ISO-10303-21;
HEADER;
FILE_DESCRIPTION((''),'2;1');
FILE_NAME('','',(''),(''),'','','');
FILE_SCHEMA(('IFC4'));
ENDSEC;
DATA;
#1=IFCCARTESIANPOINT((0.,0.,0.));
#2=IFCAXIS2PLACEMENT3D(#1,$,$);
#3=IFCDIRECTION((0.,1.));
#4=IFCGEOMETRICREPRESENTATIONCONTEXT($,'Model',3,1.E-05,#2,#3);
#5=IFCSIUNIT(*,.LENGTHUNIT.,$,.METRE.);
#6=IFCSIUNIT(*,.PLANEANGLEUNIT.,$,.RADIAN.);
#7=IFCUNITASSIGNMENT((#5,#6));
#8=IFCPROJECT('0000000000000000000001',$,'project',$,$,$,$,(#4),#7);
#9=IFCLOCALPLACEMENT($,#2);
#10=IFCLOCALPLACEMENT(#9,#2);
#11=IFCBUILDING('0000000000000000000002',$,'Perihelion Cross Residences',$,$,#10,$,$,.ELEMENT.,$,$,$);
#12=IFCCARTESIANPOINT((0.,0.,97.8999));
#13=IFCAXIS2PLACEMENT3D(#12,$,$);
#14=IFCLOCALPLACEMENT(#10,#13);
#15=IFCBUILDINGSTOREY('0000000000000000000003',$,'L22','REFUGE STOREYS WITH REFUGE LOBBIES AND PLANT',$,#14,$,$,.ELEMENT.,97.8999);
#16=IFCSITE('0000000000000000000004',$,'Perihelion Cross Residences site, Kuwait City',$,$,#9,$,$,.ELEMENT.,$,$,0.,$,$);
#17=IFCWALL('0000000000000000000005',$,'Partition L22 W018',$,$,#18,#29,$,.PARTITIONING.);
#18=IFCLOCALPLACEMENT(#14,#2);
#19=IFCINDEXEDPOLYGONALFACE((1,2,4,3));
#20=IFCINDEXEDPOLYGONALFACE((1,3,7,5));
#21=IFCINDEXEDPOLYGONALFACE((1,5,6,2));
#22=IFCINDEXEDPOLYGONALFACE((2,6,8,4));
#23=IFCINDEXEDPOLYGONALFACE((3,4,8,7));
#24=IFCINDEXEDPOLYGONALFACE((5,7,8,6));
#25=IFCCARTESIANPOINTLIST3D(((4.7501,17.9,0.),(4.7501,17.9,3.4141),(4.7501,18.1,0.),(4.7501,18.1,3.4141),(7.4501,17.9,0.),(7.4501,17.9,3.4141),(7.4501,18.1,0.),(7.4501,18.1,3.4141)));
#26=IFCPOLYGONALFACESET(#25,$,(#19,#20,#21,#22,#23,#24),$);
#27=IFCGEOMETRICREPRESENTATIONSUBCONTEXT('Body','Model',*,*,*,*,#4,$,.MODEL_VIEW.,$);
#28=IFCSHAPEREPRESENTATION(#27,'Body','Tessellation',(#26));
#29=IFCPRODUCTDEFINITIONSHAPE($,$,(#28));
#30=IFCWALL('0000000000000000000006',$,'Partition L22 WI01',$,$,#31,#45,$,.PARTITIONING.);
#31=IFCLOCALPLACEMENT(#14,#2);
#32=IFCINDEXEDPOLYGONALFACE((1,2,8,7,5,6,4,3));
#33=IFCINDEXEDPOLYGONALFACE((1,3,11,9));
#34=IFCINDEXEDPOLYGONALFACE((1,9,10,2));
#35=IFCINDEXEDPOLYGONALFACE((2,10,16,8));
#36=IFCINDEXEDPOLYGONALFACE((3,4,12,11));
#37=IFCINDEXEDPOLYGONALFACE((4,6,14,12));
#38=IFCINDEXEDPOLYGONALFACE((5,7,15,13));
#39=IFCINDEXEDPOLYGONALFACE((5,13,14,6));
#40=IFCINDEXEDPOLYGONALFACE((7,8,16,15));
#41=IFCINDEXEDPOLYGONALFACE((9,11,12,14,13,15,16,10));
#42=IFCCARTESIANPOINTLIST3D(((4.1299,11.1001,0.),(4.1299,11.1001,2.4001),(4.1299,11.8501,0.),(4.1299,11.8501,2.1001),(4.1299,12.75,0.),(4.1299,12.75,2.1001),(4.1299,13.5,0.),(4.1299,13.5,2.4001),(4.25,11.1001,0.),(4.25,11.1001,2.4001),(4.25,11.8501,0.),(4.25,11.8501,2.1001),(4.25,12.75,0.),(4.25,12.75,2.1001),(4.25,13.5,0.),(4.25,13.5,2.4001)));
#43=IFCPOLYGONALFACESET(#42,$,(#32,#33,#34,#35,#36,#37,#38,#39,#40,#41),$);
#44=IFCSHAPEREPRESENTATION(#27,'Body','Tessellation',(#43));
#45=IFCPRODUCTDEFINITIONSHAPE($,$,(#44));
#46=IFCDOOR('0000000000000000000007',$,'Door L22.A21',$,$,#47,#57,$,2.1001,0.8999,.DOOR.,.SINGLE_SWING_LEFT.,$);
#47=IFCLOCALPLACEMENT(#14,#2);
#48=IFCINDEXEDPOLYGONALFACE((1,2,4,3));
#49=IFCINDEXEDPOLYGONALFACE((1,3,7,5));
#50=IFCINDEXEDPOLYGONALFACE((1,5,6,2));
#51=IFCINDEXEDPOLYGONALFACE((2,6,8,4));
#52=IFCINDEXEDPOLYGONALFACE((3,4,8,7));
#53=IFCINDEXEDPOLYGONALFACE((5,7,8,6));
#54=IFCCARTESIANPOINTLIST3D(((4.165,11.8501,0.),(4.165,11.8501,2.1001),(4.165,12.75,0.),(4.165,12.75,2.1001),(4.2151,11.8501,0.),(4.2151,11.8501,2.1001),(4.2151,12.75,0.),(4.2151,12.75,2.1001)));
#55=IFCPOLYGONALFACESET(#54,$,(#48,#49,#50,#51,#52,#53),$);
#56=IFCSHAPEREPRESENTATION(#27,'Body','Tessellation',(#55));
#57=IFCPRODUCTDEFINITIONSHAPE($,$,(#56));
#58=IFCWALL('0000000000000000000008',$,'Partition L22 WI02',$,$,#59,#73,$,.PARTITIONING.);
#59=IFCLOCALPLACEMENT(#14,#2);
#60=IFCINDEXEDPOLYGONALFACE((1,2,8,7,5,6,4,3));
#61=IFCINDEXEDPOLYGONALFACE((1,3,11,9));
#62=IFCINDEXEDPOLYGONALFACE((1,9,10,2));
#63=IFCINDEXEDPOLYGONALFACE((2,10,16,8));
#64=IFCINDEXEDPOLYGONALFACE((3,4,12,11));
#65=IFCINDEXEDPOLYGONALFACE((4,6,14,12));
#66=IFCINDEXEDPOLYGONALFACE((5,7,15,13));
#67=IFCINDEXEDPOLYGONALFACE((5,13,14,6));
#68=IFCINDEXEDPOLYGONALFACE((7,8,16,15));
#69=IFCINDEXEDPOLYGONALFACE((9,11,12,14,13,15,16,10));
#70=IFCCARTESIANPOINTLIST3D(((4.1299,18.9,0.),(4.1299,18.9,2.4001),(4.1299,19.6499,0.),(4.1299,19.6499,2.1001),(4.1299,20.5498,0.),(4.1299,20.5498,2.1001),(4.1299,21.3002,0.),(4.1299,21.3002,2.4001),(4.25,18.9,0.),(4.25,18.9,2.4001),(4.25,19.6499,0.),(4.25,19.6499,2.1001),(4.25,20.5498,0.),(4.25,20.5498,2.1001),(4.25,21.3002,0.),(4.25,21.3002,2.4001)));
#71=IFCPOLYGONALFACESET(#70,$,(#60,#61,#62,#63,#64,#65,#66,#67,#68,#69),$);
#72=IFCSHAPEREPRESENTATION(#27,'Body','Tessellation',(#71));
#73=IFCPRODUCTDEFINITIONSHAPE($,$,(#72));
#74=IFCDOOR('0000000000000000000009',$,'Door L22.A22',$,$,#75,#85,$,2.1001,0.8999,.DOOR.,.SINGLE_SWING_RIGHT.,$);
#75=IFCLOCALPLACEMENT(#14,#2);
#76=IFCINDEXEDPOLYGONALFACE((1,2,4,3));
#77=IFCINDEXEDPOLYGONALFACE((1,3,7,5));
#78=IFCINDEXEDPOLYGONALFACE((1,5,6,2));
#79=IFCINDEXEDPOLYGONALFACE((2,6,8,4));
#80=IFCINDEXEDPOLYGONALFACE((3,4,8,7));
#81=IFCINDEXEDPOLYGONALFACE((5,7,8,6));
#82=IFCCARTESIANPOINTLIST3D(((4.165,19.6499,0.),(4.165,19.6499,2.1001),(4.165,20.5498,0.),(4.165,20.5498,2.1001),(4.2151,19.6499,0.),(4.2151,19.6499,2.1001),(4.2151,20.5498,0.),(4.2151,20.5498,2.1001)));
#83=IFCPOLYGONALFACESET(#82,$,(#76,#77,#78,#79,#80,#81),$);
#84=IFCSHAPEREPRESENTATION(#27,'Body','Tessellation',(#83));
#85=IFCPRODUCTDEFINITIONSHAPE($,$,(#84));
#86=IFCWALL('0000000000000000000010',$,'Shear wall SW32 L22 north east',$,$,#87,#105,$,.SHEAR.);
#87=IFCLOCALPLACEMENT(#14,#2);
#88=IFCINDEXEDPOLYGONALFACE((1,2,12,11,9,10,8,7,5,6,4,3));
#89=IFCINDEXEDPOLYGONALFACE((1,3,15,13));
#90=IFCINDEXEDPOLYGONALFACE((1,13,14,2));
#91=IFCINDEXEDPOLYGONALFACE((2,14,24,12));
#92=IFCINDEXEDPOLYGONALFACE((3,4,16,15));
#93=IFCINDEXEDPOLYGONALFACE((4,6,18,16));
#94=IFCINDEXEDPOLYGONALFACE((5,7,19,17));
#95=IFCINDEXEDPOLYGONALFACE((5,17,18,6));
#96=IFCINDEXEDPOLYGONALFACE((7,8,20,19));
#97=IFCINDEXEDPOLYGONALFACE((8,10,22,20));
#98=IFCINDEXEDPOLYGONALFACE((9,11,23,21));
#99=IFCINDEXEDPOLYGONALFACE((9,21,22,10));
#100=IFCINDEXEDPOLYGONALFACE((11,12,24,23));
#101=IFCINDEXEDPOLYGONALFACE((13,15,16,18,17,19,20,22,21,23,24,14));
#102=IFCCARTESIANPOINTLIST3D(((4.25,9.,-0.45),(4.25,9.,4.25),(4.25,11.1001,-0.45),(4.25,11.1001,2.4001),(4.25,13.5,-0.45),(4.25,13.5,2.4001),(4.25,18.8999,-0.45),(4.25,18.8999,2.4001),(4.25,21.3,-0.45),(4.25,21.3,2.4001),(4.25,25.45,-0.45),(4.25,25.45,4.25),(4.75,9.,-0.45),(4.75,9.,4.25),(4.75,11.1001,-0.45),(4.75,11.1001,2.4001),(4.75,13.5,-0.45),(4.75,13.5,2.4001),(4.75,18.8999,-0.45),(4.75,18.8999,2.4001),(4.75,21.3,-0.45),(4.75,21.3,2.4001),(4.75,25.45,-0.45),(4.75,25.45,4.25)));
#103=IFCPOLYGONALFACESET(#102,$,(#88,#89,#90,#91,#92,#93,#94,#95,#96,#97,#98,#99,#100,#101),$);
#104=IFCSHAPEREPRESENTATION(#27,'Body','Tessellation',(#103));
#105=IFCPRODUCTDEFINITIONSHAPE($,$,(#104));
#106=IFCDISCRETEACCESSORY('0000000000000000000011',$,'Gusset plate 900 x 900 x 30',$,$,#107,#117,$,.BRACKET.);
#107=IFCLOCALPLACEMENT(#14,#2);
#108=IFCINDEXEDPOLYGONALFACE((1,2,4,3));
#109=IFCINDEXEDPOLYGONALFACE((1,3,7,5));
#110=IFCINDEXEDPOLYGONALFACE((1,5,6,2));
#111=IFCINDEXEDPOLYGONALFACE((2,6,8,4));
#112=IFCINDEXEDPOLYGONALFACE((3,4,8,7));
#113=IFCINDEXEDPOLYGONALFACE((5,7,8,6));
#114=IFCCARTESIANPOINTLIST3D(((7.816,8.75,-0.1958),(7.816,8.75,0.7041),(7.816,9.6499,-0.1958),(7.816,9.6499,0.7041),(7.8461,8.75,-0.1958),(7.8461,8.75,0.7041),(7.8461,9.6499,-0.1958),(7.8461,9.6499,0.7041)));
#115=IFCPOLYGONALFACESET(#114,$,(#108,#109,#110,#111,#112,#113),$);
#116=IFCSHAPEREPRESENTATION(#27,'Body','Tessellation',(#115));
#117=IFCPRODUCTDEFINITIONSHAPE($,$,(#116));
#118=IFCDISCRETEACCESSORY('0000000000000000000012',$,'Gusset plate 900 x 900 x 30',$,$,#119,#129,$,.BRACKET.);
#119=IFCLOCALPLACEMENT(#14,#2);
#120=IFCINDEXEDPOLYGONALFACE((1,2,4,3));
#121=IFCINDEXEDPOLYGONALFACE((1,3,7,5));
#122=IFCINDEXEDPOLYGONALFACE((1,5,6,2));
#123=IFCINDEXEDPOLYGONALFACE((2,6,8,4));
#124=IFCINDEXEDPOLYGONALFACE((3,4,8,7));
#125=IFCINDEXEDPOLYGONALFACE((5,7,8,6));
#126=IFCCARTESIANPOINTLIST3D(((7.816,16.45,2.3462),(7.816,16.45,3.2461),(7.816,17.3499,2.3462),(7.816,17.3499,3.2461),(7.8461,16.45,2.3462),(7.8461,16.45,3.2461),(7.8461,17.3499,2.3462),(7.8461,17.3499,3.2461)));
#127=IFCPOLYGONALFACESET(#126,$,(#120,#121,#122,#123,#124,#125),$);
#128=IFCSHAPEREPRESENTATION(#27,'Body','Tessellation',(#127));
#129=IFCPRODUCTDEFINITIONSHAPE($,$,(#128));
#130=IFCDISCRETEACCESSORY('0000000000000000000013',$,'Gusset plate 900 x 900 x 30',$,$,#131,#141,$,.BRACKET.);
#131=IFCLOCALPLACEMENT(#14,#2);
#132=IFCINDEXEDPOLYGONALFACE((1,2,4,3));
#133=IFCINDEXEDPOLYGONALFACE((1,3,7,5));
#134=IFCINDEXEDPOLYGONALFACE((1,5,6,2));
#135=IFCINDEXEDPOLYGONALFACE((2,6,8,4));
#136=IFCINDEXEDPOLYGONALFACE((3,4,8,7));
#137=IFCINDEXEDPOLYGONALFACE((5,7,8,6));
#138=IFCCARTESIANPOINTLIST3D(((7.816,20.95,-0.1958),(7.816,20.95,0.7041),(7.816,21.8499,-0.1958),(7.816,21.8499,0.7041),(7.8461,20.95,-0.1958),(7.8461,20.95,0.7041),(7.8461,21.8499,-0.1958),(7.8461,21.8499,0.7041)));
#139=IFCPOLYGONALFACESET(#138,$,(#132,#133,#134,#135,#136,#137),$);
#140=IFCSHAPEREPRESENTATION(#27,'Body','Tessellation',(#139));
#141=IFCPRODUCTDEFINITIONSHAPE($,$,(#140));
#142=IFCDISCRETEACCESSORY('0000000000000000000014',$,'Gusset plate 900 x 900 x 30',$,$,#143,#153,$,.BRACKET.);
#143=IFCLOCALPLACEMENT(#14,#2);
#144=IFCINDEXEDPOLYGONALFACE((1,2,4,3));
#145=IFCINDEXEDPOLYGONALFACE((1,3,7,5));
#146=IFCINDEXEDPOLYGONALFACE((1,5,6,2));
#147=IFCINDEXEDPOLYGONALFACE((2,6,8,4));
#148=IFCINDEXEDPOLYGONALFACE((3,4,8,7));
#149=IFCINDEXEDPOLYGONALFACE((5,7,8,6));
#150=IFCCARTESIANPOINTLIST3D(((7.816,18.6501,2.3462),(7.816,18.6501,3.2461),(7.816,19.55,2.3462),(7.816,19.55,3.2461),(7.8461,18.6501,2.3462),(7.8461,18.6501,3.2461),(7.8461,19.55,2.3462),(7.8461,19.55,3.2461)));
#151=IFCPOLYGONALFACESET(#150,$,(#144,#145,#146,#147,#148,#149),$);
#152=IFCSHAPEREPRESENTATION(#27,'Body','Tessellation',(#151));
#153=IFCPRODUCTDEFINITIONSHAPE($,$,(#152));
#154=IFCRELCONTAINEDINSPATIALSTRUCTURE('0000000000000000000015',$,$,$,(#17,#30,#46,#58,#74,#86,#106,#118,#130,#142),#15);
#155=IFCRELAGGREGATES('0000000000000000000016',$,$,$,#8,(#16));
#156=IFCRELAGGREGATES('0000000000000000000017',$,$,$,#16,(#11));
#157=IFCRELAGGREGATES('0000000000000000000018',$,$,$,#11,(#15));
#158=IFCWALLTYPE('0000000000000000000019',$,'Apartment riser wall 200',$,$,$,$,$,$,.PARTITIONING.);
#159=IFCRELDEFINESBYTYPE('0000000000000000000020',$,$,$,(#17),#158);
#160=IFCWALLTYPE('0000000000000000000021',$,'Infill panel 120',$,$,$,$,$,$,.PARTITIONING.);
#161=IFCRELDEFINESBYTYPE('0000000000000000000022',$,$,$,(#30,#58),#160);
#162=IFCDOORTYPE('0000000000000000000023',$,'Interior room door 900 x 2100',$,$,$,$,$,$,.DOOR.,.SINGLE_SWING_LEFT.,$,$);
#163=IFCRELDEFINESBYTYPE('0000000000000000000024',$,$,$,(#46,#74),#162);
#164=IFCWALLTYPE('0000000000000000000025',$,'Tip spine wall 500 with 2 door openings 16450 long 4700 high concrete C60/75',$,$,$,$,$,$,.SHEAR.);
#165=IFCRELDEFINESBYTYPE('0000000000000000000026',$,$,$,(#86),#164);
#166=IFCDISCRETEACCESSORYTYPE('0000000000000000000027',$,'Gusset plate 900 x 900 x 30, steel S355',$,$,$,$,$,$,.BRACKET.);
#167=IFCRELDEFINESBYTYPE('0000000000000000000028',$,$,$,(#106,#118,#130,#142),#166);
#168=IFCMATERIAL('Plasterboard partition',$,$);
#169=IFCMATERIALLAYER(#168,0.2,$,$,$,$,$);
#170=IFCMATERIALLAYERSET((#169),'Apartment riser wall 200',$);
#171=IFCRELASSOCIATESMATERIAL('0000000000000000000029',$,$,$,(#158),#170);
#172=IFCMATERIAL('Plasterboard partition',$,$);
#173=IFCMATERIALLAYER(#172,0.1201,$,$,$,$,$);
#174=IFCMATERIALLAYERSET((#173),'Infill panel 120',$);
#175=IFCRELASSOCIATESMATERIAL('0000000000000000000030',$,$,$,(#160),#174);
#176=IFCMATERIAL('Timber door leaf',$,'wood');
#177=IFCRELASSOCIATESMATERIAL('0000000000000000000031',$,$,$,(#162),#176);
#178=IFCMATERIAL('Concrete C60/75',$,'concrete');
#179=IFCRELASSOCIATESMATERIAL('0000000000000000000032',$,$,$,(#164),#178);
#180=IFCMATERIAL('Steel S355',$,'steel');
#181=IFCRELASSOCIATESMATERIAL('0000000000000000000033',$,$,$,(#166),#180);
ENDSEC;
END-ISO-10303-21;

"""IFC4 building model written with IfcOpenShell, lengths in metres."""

from ifc_helpers import new_model, si_unit, direction, frame, frame_2d, origin, origin_2d, place, context, subcontext, project, spatial, polyline, rectangle, outline, extrude, material, layer, layer_set, material_profile, profile_set, type_object, element, fill, save


model = new_model("IFC4")

# Units and contexts
model_context = context("Model", 3, precision=1e-05, world=origin(), true_north=direction((0.0, 1.0)))
body_context = subcontext(model_context, "Body", "Model", "MODEL_VIEW")
ifc_project = project(units=[si_unit("LENGTHUNIT", "METRE"), si_unit("PLANEANGLEUNIT", "RADIAN")], contexts=[model_context])

# Site, building, storey
site_placement = place(None, origin())
site = spatial("IfcSite", under=ifc_project, at=site_placement, Name="Perihelion Cross Residences site, Kuwait City", CompositionType="ELEMENT", RefElevation=0.0)
building_placement = place(site_placement, origin())
building = spatial("IfcBuilding", under=site, at=building_placement, Name="Perihelion Cross Residences", CompositionType="ELEMENT")
storey_placement = place(building_placement, frame((0.0, 0.0, 97.8999)))
storey = spatial("IfcBuildingStorey", under=building, at=storey_placement, Name="L22", Description="REFUGE STOREYS WITH REFUGE LOBBIES AND PLANT", CompositionType="ELEMENT", Elevation=97.8999)

# Shared definitions
ifc_material_1 = material(Name="Plasterboard partition")
ifc_layer_1 = layer(ifc_material_1, 0.2)
ifc_layer_set_1 = layer_set([ifc_layer_1], Name="Apartment riser wall 200")
wall_type_1 = type_object("IfcWallType", Name="Apartment riser wall 200", PredefinedType="PARTITIONING", material=ifc_layer_set_1)

# Wall
wall_1_placement = place(storey_placement, frame((4.75, 18.0, 0.0), z_axis=(0.0, 0.0, 1.0), x_axis=(1.0, 0.0, 0.0)))
element("IfcWall", 1, at=wall_1_placement, inside=storey, type_object=wall_type_1, Name="Partition L22 W018", PredefinedType="PARTITIONING", context=body_context, shape_type="SweptSolid", body=[
    extrude(rectangle(XDim=2.7, YDim=0.2, at=frame_2d((1.3501, 0.0))), origin(), (0.0, 0.0, 1.0), 3.4141),
])

# Walls, openings, doors
ifc_material_2 = material(Name="Plasterboard partition")
ifc_layer_2 = layer(ifc_material_2, 0.1201)
ifc_layer_set_2 = layer_set([ifc_layer_2], Name="Infill panel 120")
wall_type_2 = type_object("IfcWallType", Name="Infill panel 120", PredefinedType="PARTITIONING", material=ifc_layer_set_2)
wall_2_placement = place(storey_placement, frame((4.1899, 11.1001, 0.0), z_axis=(0.0, 0.0, 1.0), x_axis=(0.0, 1.0, 0.0)))
wall_2 = element("IfcWall", 2, at=wall_2_placement, inside=storey, type_object=wall_type_2, Name="Partition L22 WI01", PredefinedType="PARTITIONING", context=body_context, shape_type="SweptSolid", body=[
    extrude(rectangle(XDim=2.3999, YDim=0.1201, at=frame_2d((1.2, 0.0))), origin(), (0.0, 0.0, 1.0), 2.4001),
])
opening_1_placement = place(wall_2_placement, frame((0.75, 0.0, 0.0)))
opening_1 = element("IfcOpeningElement", 3, at=opening_1_placement, cuts=wall_2, PredefinedType="OPENING", context=body_context, shape_type="SweptSolid", body=[
    extrude(rectangle(XDim=0.8999, YDim=2.1001, at=frame_2d((0.45, 1.05))), frame((0.0, 0.0701, 0.0), z_axis=(0.0, -1.0, 0.0), x_axis=(1.0, 0.0, 0.0)), (0.0, 0.0, 1.0), 0.1401),
])
ifc_material_3 = material(Name="Timber door leaf", Category="wood")
door_type_1 = type_object("IfcDoorType", Name="Interior room door 900 x 2100", OperationType="SINGLE_SWING_LEFT", PredefinedType="DOOR", material=ifc_material_3)
door_1_placement = place(opening_1_placement, origin())
door_1 = element("IfcDoor", 4, at=door_1_placement, inside=storey, type_object=door_type_1, Name="Door L22.A21", OperationType="SINGLE_SWING_LEFT", OverallHeight=2.1001, OverallWidth=0.8999, PredefinedType="DOOR", context=body_context, shape_type="SweptSolid", body=[
    extrude(rectangle(XDim=0.8999, YDim=2.1001, at=frame_2d((0.45, 1.05))), frame((0.0, 0.0249, 0.0), z_axis=(0.0, -1.0, 0.0), x_axis=(1.0, 0.0, 0.0)), (0.0, 0.0, 1.0), 0.05),
])
fill(opening_1, door_1)
wall_3_placement = place(storey_placement, frame((4.1899, 18.8999, 0.0), z_axis=(0.0, 0.0, 1.0), x_axis=(0.0, 1.0, 0.0)))
wall_3 = element("IfcWall", 5, at=wall_3_placement, inside=storey, type_object=wall_type_2, Name="Partition L22 WI02", PredefinedType="PARTITIONING", context=body_context, shape_type="SweptSolid", body=[
    extrude(rectangle(XDim=2.4001, YDim=0.1201, at=frame_2d((1.2002, 0.0))), origin(), (0.0, 0.0, 1.0), 2.4001),
])
opening_2_placement = place(wall_3_placement, frame((0.75, 0.0, 0.0)))
opening_2 = element("IfcOpeningElement", 6, at=opening_2_placement, cuts=wall_3, PredefinedType="OPENING", context=body_context, shape_type="SweptSolid", body=[
    extrude(rectangle(XDim=0.8999, YDim=2.1001, at=frame_2d((0.45, 1.05))), frame((0.0, 0.0701, 0.0), z_axis=(0.0, -1.0, 0.0), x_axis=(1.0, 0.0, 0.0)), (0.0, 0.0, 1.0), 0.1401),
])
door_2_placement = place(opening_2_placement, origin())
door_2 = element("IfcDoor", 7, at=door_2_placement, inside=storey, type_object=door_type_1, Name="Door L22.A22", OperationType="SINGLE_SWING_RIGHT", OverallHeight=2.1001, OverallWidth=0.8999, PredefinedType="DOOR", context=body_context, shape_type="SweptSolid", body=[
    extrude(rectangle(XDim=0.8999, YDim=2.1001, at=frame_2d((0.45, 1.05))), frame((0.0, 0.0249, 0.0), z_axis=(0.0, -1.0, 0.0), x_axis=(1.0, 0.0, 0.0)), (0.0, 0.0, 1.0), 0.05),
])
fill(opening_2, door_2)

# Wall
ifc_material_4 = material(Name="Concrete C60/75", Category="concrete")
ifc_material_profile_1 = material_profile(ifc_material_4, outline(polyline([(0.0, 0.0), (2.1001, 0.0), (2.1001, 2.8501), (4.5, 2.8501), (4.5, 0.0), (9.8999, 0.0), (9.8999, 2.8501), (12.3, 2.8501), (12.3, 0.0), (16.45, 0.0), (16.45, 4.7), (0.0, 4.7), (0.0, 0.0)])), Name="Tip spine wall")
ifc_profile_set_1 = profile_set([ifc_material_profile_1], Name="Concrete C60/75")
wall_type_3 = type_object("IfcWallType", Name="Tip spine wall 500 with 2 door openings 16450 long 4700 high concrete C60/75", PredefinedType="SHEAR", material=ifc_profile_set_1)
wall_4_placement = place(storey_placement, frame((4.25, 9.0, -0.45), z_axis=(1.0, 0.0, 0.0), x_axis=(0.0, 1.0, 0.0)))
element("IfcWall", 8, at=wall_4_placement, inside=storey, type_object=wall_type_3, Name="Shear wall SW32 L22 north east", PredefinedType="SHEAR", context=body_context, shape_type="SweptSolid", body=[
    extrude(outline(polyline([(0.0, 0.0), (2.1001, 0.0), (2.1001, 2.8501), (4.5, 2.8501), (4.5, 0.0), (9.8999, 0.0), (9.8999, 2.8501), (12.3, 2.8501), (12.3, 0.0), (16.45, 0.0), (16.45, 4.7), (0.0, 4.7), (0.0, 0.0)])), origin(), (0.0, 0.0, 1.0), 0.5),
])

# Discrete accessories
ifc_material_5 = material(Name="Steel S355", Category="steel")
discrete_accessory_type = type_object("IfcDiscreteAccessoryType", Name="Gusset plate 900 x 900 x 30, steel S355", PredefinedType="BRACKET", material=ifc_material_5)
for number, where, z_axis, x_axis, name in (
    (9, (7.8311, 9.2, -0.1958), (0.0, 0.0, 1.0), (0.0, 1.0, 0.0), "Gusset plate 900 x 900 x 30"),
    (10, (7.8311, 16.8999, 2.3462), (0.0, 0.0, 1.0), (0.0, -1.0, 0.0), "Gusset plate 900 x 900 x 30"),
    (11, (7.8311, 21.3999, -0.1958), (0.0, 0.0, 1.0), (0.0, -1.0, 0.0), "Gusset plate 900 x 900 x 30"),
    (12, (7.8311, 19.1001, 2.3462), (0.0, 0.0, 1.0), (0.0, 1.0, 0.0), "Gusset plate 900 x 900 x 30"),
):
    element("IfcDiscreteAccessory", number, at=place(storey_placement, frame(where, z_axis=z_axis, x_axis=x_axis)), inside=storey, type_object=discrete_accessory_type, Name=name, PredefinedType="BRACKET", context=body_context, shape_type="SweptSolid", body=[
        extrude(rectangle(XDim=0.8999, YDim=0.03, at=origin_2d()), origin(), (0.0, 0.0, 1.0), 0.8999),
    ])

save(model, "model.ifc")
